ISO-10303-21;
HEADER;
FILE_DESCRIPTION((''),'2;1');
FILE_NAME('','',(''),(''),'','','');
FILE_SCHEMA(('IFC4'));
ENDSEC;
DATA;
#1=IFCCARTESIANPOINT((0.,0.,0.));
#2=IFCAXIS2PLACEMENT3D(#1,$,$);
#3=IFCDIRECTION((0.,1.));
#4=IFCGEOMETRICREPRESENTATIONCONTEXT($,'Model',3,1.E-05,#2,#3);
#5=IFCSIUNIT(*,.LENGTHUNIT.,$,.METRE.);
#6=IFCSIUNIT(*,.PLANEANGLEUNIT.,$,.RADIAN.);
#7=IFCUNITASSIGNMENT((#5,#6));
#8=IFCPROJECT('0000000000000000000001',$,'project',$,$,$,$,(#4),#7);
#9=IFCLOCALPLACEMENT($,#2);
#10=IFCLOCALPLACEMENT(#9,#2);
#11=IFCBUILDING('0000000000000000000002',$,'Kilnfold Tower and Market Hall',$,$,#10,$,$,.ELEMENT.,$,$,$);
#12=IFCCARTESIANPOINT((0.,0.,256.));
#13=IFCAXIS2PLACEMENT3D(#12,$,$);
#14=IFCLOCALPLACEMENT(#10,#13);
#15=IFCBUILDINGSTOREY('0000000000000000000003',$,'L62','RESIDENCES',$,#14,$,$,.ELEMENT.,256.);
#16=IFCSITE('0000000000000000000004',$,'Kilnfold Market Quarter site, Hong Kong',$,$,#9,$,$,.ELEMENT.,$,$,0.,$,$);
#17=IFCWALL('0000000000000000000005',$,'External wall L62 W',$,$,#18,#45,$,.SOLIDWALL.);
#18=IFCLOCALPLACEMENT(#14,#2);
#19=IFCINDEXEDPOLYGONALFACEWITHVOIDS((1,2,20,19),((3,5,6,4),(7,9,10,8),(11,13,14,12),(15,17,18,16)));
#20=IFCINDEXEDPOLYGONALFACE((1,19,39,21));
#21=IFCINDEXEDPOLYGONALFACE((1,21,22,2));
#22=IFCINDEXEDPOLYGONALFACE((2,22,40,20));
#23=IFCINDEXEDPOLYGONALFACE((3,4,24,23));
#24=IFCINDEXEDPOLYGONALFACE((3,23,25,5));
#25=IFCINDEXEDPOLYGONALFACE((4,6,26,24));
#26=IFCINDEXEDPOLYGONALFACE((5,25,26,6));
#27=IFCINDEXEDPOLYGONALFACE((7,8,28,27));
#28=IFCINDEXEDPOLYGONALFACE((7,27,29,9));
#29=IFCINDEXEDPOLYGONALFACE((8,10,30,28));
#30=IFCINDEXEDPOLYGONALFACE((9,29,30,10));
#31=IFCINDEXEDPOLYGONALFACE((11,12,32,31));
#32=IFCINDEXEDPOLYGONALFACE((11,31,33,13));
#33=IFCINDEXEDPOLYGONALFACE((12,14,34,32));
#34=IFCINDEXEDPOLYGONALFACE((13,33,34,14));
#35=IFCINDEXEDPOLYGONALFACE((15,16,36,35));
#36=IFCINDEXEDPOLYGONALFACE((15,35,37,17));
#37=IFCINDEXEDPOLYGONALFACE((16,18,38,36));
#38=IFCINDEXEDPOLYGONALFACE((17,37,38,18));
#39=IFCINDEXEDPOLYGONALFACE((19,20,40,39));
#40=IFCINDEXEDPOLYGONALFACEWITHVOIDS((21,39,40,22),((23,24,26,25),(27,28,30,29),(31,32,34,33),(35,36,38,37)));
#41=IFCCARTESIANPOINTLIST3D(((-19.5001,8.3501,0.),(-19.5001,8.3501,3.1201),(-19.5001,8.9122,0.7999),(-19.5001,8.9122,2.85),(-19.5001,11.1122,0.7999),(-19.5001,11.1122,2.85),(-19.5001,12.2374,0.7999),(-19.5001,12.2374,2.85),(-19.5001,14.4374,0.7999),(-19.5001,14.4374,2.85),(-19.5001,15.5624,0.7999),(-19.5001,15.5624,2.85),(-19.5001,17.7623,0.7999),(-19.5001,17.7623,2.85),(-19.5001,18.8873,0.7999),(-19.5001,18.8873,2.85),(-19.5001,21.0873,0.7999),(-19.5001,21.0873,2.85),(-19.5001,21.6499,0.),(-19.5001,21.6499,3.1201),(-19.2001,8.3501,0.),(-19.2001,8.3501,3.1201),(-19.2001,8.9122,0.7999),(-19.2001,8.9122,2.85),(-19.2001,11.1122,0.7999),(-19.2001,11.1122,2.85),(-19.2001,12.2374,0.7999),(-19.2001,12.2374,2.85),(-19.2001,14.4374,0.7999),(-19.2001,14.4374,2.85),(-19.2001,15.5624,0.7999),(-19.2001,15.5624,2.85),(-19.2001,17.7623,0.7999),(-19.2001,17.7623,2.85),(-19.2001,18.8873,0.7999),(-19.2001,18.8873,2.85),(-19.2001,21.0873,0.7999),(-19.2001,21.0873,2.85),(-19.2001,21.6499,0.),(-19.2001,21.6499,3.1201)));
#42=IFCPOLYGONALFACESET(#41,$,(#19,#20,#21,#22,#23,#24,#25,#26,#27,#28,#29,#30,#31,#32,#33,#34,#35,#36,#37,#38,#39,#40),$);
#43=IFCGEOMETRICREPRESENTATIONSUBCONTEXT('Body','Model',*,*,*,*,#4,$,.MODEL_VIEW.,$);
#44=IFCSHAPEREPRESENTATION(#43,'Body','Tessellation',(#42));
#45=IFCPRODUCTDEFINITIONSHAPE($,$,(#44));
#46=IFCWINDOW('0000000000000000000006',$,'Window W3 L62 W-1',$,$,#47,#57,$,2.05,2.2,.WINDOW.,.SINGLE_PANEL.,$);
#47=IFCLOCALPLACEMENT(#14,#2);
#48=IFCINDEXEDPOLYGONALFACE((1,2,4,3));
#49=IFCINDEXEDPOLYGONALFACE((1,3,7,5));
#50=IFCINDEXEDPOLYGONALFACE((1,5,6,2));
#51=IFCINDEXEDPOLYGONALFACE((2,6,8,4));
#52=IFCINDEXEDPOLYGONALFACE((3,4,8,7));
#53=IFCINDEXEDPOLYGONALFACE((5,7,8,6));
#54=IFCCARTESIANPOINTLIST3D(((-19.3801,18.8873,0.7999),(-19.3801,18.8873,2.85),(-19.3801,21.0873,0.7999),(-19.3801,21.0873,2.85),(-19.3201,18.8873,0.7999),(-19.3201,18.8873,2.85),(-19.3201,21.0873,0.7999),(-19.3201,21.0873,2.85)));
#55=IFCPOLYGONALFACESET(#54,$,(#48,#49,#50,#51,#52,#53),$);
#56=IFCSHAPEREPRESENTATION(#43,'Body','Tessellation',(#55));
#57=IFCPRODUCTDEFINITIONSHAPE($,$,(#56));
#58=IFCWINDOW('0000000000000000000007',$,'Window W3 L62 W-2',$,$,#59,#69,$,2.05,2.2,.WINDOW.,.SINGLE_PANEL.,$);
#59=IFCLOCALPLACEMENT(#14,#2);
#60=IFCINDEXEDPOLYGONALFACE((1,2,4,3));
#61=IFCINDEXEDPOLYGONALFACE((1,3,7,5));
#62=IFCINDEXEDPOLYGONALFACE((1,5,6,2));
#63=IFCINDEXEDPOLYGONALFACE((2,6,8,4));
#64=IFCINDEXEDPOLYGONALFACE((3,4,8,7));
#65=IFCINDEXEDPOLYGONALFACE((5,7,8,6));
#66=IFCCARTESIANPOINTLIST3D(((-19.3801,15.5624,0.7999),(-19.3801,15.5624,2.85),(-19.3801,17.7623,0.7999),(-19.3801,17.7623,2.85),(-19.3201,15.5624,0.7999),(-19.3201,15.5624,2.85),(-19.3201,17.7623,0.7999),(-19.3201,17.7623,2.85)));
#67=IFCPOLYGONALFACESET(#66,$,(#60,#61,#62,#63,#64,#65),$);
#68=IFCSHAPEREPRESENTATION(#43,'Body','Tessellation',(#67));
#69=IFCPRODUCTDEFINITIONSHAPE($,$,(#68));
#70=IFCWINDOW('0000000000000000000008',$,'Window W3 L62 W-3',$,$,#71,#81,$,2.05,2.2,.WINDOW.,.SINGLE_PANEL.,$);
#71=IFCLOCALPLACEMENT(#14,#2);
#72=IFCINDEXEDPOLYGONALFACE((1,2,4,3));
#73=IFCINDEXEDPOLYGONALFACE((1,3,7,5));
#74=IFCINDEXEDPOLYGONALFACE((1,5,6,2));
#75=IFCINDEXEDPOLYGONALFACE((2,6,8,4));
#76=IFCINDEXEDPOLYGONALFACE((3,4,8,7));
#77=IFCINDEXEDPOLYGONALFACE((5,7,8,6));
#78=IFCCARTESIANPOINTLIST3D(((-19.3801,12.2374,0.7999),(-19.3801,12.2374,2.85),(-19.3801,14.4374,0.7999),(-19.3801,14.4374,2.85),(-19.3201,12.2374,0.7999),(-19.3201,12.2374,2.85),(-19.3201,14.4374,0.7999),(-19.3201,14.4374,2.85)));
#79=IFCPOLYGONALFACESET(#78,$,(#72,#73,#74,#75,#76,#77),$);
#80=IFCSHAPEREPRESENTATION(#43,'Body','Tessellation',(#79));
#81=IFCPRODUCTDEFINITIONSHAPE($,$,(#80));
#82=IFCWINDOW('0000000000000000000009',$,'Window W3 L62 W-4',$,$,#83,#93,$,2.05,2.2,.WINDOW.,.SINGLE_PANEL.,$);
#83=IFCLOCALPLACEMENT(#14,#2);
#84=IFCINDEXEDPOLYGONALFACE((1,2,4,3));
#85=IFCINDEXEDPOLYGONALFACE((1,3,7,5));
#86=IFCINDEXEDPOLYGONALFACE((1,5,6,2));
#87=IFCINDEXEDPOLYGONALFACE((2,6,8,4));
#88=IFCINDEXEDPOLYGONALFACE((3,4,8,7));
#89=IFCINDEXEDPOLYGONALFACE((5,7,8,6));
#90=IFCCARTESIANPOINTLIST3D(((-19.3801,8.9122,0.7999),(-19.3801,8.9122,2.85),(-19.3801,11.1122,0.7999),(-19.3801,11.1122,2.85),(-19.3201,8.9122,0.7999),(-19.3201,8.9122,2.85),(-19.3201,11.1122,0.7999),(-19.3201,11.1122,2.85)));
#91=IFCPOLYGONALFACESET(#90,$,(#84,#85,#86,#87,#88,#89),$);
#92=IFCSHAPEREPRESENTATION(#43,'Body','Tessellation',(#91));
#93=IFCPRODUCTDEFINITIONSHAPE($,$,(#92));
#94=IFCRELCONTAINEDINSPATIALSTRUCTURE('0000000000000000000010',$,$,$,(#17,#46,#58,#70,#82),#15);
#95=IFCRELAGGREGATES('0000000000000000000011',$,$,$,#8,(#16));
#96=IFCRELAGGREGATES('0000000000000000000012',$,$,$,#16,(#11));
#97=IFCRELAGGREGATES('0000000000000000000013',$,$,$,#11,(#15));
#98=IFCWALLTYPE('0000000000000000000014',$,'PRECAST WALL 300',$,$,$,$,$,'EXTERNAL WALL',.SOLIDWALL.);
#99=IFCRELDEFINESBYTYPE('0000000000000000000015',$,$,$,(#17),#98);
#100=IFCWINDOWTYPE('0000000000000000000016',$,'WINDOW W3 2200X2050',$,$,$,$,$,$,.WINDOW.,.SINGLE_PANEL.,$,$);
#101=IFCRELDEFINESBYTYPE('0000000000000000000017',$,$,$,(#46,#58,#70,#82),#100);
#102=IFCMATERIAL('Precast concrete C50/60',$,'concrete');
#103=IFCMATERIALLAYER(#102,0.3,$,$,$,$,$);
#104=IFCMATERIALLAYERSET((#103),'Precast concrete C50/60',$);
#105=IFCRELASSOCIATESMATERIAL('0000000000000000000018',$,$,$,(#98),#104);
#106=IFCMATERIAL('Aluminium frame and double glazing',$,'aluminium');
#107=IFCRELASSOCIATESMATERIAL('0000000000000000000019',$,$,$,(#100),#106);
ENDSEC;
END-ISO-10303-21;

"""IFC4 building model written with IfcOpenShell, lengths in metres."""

from ifc_helpers import new_model, si_unit, direction, frame, frame_2d, origin, place, context, subcontext, project, spatial, rectangle, extrude, source, transform, mapped, material, layer, layer_set, type_object, element, fill, save


model = new_model("IFC4")

# Units and contexts
model_context = context("Model", 3, precision=1e-05, world=origin(), true_north=direction((0.0, 1.0)))
body_context = subcontext(model_context, "Body", "Model", "MODEL_VIEW")
ifc_project = project(units=[si_unit("LENGTHUNIT", "METRE"), si_unit("PLANEANGLEUNIT", "RADIAN")], contexts=[model_context])

# Site, building, storey
site_placement = place(None, origin())
site = spatial("IfcSite", under=ifc_project, at=site_placement, Name="Kilnfold Market Quarter site, Hong Kong", CompositionType="ELEMENT", RefElevation=0.0)
building_placement = place(site_placement, origin())
building = spatial("IfcBuilding", under=site, at=building_placement, Name="Kilnfold Tower and Market Hall", CompositionType="ELEMENT")
storey_placement = place(building_placement, frame((0.0, 0.0, 256.0)))
storey = spatial("IfcBuildingStorey", under=building, at=storey_placement, Name="L62", Description="RESIDENCES", CompositionType="ELEMENT", Elevation=256.0)

# Wall, openings, windows
ifc_material_1 = material(Name="Precast concrete C50/60", Category="concrete")
ifc_layer_1 = layer(ifc_material_1, 0.3)
ifc_layer_set_1 = layer_set([ifc_layer_1], Name="Precast concrete C50/60")
wall_type_1 = type_object("IfcWallType", Name="PRECAST WALL 300", ElementType="EXTERNAL WALL", PredefinedType="SOLIDWALL", material=ifc_layer_set_1)
shared_shape_1 = source(origin(), body_context, "Body", "SweptSolid", [
    extrude(rectangle(XDim=13.2998, YDim=0.3, at=frame_2d((6.6499, 0.0))), origin(), (0.0, 0.0, 1.0), 3.1201),
])
wall_1_placement = place(storey_placement, frame((-19.3501, 21.6499, 0.0), z_axis=(0.0, 0.0, 1.0), x_axis=(0.0, -1.0, 0.0)))
wall_1 = element("IfcWall", 1, at=wall_1_placement, inside=storey, type_object=wall_type_1, Name="External wall L62 W", PredefinedType="SOLIDWALL", context=body_context, shape_type="MappedRepresentation", body=[
    mapped(shared_shape_1, transform((0.0, 0.0, 0.0))),
])
opening_1_placement = place(wall_1_placement, frame((0.5625, 0.0, 0.8)))
opening_1 = element("IfcOpeningElement", 2, at=opening_1_placement, cuts=wall_1, PredefinedType="OPENING", context=body_context, shape_type="SweptSolid", body=[
    extrude(rectangle(XDim=2.2, YDim=2.05, at=frame_2d((1.1001, 1.0249))), frame((0.0, 0.1602, 0.0), z_axis=(0.0, -1.0, 0.0), x_axis=(1.0, 0.0, 0.0)), (0.0, 0.0, 1.0), 0.3201),
])
opening_2_placement = place(wall_1_placement, frame((3.8875, 0.0, 0.8)))
opening_2 = element("IfcOpeningElement", 3, at=opening_2_placement, cuts=wall_1, PredefinedType="OPENING", context=body_context, shape_type="SweptSolid", body=[
    extrude(rectangle(XDim=2.2, YDim=2.05, at=frame_2d((1.1001, 1.0249))), frame((0.0, 0.1602, 0.0), z_axis=(0.0, -1.0, 0.0), x_axis=(1.0, 0.0, 0.0)), (0.0, 0.0, 1.0), 0.3201),
])
opening_3_placement = place(wall_1_placement, frame((7.2124, 0.0, 0.8)))
opening_3 = element("IfcOpeningElement", 4, at=opening_3_placement, cuts=wall_1, PredefinedType="OPENING", context=body_context, shape_type="SweptSolid", body=[
    extrude(rectangle(XDim=2.2, YDim=2.05, at=frame_2d((1.1001, 1.0249))), frame((0.0, 0.1602, 0.0), z_axis=(0.0, -1.0, 0.0), x_axis=(1.0, 0.0, 0.0)), (0.0, 0.0, 1.0), 0.3201),
])
opening_4_placement = place(wall_1_placement, frame((10.5376, 0.0, 0.8)))
opening_4 = element("IfcOpeningElement", 5, at=opening_4_placement, cuts=wall_1, PredefinedType="OPENING", context=body_context, shape_type="SweptSolid", body=[
    extrude(rectangle(XDim=2.2, YDim=2.05, at=frame_2d((1.1001, 1.0249))), frame((0.0, 0.1602, 0.0), z_axis=(0.0, -1.0, 0.0), x_axis=(1.0, 0.0, 0.0)), (0.0, 0.0, 1.0), 0.3201),
])
ifc_material_2 = material(Name="Aluminium frame and double glazing", Category="aluminium")
window_type = type_object("IfcWindowType", Name="WINDOW W3 2200X2050", PartitioningType="SINGLE_PANEL", PredefinedType="WINDOW", material=ifc_material_2)
window_1_placement = place(opening_1_placement, origin())
window_1 = element("IfcWindow", 6, at=window_1_placement, inside=storey, type_object=window_type, Name="Window W3 L62 W-1", OverallHeight=2.05, OverallWidth=2.2, PartitioningType="SINGLE_PANEL", PredefinedType="WINDOW", context=body_context, shape_type="SweptSolid", body=[
    extrude(rectangle(XDim=2.2, YDim=2.05, at=frame_2d((1.1001, 1.0249))), frame((0.0, 0.03, 0.0), z_axis=(0.0, -1.0, 0.0), x_axis=(1.0, 0.0, 0.0)), (0.0, 0.0, 1.0), 0.0601),
])
fill(opening_1, window_1)
window_2_placement = place(opening_2_placement, origin())
window_2 = element("IfcWindow", 7, at=window_2_placement, inside=storey, type_object=window_type, Name="Window W3 L62 W-2", OverallHeight=2.05, OverallWidth=2.2, PartitioningType="SINGLE_PANEL", PredefinedType="WINDOW", context=body_context, shape_type="SweptSolid", body=[
    extrude(rectangle(XDim=2.2, YDim=2.05, at=frame_2d((1.1001, 1.0249))), frame((0.0, 0.03, 0.0), z_axis=(0.0, -1.0, 0.0), x_axis=(1.0, 0.0, 0.0)), (0.0, 0.0, 1.0), 0.0601),
])
fill(opening_2, window_2)
window_3_placement = place(opening_3_placement, origin())
window_3 = element("IfcWindow", 8, at=window_3_placement, inside=storey, type_object=window_type, Name="Window W3 L62 W-3", OverallHeight=2.05, OverallWidth=2.2, PartitioningType="SINGLE_PANEL", PredefinedType="WINDOW", context=body_context, shape_type="SweptSolid", body=[
    extrude(rectangle(XDim=2.2, YDim=2.05, at=frame_2d((1.1001, 1.0249))), frame((0.0, 0.03, 0.0), z_axis=(0.0, -1.0, 0.0), x_axis=(1.0, 0.0, 0.0)), (0.0, 0.0, 1.0), 0.0601),
])
fill(opening_3, window_3)
window_4_placement = place(opening_4_placement, origin())
window_4 = element("IfcWindow", 9, at=window_4_placement, inside=storey, type_object=window_type, Name="Window W3 L62 W-4", OverallHeight=2.05, OverallWidth=2.2, PartitioningType="SINGLE_PANEL", PredefinedType="WINDOW", context=body_context, shape_type="SweptSolid", body=[
    extrude(rectangle(XDim=2.2, YDim=2.05, at=frame_2d((1.1001, 1.0249))), frame((0.0, 0.03, 0.0), z_axis=(0.0, -1.0, 0.0), x_axis=(1.0, 0.0, 0.0)), (0.0, 0.0, 1.0), 0.0601),
])
fill(opening_4, window_4)

save(model, "model.ifc")
